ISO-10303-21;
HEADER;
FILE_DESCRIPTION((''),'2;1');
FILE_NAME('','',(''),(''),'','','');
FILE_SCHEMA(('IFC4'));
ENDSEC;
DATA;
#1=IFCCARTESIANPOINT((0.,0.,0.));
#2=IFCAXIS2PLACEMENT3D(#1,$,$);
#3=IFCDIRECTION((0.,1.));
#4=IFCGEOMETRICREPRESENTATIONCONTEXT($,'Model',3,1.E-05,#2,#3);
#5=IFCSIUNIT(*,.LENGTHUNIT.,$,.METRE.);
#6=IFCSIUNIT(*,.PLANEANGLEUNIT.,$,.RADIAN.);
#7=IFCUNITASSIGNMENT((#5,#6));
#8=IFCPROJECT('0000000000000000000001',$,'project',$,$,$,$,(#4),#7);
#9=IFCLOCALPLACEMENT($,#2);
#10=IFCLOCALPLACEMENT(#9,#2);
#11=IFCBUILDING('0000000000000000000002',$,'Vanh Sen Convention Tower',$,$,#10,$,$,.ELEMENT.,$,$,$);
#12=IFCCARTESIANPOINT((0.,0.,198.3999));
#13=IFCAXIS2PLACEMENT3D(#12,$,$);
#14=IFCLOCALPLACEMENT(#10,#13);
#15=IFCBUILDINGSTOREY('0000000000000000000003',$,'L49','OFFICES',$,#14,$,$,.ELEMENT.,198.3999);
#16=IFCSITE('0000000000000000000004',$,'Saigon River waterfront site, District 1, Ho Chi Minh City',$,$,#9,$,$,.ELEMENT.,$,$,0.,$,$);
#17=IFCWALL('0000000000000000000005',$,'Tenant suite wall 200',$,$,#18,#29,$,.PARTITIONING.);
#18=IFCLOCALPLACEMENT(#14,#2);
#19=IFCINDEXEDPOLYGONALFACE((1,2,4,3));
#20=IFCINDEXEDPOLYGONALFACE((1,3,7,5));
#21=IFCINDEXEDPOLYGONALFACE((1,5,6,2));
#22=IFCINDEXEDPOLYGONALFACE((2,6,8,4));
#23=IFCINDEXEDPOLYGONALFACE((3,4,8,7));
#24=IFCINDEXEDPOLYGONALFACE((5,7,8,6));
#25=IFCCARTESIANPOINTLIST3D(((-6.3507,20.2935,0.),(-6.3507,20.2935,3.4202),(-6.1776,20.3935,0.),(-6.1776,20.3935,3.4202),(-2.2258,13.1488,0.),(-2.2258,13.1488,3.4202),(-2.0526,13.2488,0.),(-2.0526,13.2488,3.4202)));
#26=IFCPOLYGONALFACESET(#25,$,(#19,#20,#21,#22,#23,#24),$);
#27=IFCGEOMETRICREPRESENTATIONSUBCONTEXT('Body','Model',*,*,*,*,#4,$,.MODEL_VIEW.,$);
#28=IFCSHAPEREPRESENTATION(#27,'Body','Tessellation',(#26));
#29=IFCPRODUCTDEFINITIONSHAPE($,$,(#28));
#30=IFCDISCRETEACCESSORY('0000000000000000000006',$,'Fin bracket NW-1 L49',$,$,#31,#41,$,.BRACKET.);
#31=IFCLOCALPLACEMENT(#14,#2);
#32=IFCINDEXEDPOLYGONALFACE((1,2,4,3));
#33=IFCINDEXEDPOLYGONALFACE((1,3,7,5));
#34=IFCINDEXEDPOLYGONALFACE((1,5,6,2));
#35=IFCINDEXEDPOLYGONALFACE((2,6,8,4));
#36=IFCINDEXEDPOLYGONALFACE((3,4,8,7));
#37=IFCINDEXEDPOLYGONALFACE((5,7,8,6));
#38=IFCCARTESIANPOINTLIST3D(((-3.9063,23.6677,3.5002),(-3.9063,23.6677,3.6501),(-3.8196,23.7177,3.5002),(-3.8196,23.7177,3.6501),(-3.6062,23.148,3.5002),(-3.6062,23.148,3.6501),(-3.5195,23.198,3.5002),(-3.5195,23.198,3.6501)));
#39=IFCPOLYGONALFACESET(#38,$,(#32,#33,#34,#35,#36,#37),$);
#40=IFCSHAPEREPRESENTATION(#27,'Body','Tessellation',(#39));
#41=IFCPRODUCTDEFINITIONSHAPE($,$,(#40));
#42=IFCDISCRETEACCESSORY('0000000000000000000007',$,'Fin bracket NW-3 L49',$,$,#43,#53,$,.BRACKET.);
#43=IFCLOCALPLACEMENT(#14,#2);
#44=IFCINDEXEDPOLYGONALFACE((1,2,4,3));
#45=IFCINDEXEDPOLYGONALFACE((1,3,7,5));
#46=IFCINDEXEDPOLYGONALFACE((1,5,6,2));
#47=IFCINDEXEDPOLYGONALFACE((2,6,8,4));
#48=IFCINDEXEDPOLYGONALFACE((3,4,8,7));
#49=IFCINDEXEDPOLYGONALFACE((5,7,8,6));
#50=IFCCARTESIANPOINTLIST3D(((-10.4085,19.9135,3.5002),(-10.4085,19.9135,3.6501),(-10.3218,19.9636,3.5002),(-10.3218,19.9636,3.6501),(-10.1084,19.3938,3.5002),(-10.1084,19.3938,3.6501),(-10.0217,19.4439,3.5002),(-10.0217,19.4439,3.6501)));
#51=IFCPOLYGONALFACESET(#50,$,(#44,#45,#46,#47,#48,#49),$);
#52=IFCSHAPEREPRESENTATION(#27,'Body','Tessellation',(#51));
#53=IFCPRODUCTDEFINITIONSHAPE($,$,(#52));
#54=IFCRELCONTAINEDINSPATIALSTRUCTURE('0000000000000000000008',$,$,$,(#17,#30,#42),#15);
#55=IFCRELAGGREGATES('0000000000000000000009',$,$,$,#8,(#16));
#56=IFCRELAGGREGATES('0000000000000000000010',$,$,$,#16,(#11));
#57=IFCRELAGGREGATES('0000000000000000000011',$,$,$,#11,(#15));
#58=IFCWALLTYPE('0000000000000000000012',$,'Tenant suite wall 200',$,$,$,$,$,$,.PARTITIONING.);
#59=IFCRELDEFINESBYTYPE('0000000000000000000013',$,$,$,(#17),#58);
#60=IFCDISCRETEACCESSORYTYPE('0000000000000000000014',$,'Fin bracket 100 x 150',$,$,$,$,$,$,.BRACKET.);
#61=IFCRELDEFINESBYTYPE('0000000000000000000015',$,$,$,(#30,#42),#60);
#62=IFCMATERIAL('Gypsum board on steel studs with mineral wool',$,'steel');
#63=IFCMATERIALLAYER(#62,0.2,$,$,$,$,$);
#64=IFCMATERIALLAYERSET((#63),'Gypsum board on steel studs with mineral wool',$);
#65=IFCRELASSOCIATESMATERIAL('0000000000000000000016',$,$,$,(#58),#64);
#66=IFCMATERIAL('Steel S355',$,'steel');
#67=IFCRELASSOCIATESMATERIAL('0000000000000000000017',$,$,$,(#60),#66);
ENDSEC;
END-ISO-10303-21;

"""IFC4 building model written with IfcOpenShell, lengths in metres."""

from ifc_helpers import new_model, si_unit, direction, frame, frame_2d, origin, origin_2d, place, context, subcontext, project, spatial, rectangle, extrude, material, layer, layer_set, type_object, element, save


model = new_model("IFC4")

# Units and contexts
model_context = context("Model", 3, precision=1e-05, world=origin(), true_north=direction((0.0, 1.0)))
body_context = subcontext(model_context, "Body", "Model", "MODEL_VIEW")
ifc_project = project(units=[si_unit("LENGTHUNIT", "METRE"), si_unit("PLANEANGLEUNIT", "RADIAN")], contexts=[model_context])

# Site, building, storey
site_placement = place(None, origin())
site = spatial("IfcSite", under=ifc_project, at=site_placement, Name="Saigon River waterfront site, District 1, Ho Chi Minh City", CompositionType="ELEMENT", RefElevation=0.0)
building_placement = place(site_placement, origin())
building = spatial("IfcBuilding", under=site, at=building_placement, Name="Vanh Sen Convention Tower", CompositionType="ELEMENT")
storey_placement = place(building_placement, frame((0.0, 0.0, 198.3999)))
storey = spatial("IfcBuildingStorey", under=building, at=storey_placement, Name="L49", Description="OFFICES", CompositionType="ELEMENT", Elevation=198.3999)

# Shared definitions
ifc_material_1 = material(Name="Gypsum board on steel studs with mineral wool", Category="steel")

# Wall
ifc_layer_1 = layer(ifc_material_1, 0.2)
ifc_layer_set_1 = layer_set([ifc_layer_1], Name="Gypsum board on steel studs with mineral wool")
wall_type_1 = type_object("IfcWallType", Name="Tenant suite wall 200", PredefinedType="PARTITIONING", material=ifc_layer_set_1)
wall_1_placement = place(storey_placement, frame((-6.2642, 20.3435, 0.0), z_axis=(0.0, 0.0, 1.0), x_axis=(0.499997, -0.866027, 0.0)))
element("IfcWall", 1, at=wall_1_placement, inside=storey, type_object=wall_type_1, Name="Tenant suite wall 200", PredefinedType="PARTITIONING", context=body_context, shape_type="SweptSolid", body=[
    extrude(rectangle(XDim=8.25, YDim=0.2, at=frame_2d((4.125, 0.0))), origin(), (0.0, 0.0, 1.0), 3.4202),
])

# Discrete accessories
ifc_material_2 = material(Name="Steel S355", Category="steel")
discrete_accessory_type = type_object("IfcDiscreteAccessoryType", Name="Fin bracket 100 x 150", PredefinedType="BRACKET", material=ifc_material_2)
for number, where, z_axis, x_axis, name in (
    (2, (-3.7129, 23.4329, 3.5002), (0.0, 0.0, 1.0), (-0.5, 0.866025, 0.0), "Fin bracket NW-1 L49"),
    (3, (-10.2151, 19.6787, 3.5002), (0.0, 0.0, 1.0), (-0.5, 0.866025, 0.0), "Fin bracket NW-3 L49"),
):
    element("IfcDiscreteAccessory", number, at=place(storey_placement, frame(where, z_axis=z_axis, x_axis=x_axis)), inside=storey, type_object=discrete_accessory_type, Name=name, PredefinedType="BRACKET", context=body_context, shape_type="SweptSolid", body=[
        extrude(rectangle(XDim=0.6001, YDim=0.1001, at=origin_2d()), origin(), (0.0, 0.0, 1.0), 0.1499),
    ])

save(model, "model.ifc")
